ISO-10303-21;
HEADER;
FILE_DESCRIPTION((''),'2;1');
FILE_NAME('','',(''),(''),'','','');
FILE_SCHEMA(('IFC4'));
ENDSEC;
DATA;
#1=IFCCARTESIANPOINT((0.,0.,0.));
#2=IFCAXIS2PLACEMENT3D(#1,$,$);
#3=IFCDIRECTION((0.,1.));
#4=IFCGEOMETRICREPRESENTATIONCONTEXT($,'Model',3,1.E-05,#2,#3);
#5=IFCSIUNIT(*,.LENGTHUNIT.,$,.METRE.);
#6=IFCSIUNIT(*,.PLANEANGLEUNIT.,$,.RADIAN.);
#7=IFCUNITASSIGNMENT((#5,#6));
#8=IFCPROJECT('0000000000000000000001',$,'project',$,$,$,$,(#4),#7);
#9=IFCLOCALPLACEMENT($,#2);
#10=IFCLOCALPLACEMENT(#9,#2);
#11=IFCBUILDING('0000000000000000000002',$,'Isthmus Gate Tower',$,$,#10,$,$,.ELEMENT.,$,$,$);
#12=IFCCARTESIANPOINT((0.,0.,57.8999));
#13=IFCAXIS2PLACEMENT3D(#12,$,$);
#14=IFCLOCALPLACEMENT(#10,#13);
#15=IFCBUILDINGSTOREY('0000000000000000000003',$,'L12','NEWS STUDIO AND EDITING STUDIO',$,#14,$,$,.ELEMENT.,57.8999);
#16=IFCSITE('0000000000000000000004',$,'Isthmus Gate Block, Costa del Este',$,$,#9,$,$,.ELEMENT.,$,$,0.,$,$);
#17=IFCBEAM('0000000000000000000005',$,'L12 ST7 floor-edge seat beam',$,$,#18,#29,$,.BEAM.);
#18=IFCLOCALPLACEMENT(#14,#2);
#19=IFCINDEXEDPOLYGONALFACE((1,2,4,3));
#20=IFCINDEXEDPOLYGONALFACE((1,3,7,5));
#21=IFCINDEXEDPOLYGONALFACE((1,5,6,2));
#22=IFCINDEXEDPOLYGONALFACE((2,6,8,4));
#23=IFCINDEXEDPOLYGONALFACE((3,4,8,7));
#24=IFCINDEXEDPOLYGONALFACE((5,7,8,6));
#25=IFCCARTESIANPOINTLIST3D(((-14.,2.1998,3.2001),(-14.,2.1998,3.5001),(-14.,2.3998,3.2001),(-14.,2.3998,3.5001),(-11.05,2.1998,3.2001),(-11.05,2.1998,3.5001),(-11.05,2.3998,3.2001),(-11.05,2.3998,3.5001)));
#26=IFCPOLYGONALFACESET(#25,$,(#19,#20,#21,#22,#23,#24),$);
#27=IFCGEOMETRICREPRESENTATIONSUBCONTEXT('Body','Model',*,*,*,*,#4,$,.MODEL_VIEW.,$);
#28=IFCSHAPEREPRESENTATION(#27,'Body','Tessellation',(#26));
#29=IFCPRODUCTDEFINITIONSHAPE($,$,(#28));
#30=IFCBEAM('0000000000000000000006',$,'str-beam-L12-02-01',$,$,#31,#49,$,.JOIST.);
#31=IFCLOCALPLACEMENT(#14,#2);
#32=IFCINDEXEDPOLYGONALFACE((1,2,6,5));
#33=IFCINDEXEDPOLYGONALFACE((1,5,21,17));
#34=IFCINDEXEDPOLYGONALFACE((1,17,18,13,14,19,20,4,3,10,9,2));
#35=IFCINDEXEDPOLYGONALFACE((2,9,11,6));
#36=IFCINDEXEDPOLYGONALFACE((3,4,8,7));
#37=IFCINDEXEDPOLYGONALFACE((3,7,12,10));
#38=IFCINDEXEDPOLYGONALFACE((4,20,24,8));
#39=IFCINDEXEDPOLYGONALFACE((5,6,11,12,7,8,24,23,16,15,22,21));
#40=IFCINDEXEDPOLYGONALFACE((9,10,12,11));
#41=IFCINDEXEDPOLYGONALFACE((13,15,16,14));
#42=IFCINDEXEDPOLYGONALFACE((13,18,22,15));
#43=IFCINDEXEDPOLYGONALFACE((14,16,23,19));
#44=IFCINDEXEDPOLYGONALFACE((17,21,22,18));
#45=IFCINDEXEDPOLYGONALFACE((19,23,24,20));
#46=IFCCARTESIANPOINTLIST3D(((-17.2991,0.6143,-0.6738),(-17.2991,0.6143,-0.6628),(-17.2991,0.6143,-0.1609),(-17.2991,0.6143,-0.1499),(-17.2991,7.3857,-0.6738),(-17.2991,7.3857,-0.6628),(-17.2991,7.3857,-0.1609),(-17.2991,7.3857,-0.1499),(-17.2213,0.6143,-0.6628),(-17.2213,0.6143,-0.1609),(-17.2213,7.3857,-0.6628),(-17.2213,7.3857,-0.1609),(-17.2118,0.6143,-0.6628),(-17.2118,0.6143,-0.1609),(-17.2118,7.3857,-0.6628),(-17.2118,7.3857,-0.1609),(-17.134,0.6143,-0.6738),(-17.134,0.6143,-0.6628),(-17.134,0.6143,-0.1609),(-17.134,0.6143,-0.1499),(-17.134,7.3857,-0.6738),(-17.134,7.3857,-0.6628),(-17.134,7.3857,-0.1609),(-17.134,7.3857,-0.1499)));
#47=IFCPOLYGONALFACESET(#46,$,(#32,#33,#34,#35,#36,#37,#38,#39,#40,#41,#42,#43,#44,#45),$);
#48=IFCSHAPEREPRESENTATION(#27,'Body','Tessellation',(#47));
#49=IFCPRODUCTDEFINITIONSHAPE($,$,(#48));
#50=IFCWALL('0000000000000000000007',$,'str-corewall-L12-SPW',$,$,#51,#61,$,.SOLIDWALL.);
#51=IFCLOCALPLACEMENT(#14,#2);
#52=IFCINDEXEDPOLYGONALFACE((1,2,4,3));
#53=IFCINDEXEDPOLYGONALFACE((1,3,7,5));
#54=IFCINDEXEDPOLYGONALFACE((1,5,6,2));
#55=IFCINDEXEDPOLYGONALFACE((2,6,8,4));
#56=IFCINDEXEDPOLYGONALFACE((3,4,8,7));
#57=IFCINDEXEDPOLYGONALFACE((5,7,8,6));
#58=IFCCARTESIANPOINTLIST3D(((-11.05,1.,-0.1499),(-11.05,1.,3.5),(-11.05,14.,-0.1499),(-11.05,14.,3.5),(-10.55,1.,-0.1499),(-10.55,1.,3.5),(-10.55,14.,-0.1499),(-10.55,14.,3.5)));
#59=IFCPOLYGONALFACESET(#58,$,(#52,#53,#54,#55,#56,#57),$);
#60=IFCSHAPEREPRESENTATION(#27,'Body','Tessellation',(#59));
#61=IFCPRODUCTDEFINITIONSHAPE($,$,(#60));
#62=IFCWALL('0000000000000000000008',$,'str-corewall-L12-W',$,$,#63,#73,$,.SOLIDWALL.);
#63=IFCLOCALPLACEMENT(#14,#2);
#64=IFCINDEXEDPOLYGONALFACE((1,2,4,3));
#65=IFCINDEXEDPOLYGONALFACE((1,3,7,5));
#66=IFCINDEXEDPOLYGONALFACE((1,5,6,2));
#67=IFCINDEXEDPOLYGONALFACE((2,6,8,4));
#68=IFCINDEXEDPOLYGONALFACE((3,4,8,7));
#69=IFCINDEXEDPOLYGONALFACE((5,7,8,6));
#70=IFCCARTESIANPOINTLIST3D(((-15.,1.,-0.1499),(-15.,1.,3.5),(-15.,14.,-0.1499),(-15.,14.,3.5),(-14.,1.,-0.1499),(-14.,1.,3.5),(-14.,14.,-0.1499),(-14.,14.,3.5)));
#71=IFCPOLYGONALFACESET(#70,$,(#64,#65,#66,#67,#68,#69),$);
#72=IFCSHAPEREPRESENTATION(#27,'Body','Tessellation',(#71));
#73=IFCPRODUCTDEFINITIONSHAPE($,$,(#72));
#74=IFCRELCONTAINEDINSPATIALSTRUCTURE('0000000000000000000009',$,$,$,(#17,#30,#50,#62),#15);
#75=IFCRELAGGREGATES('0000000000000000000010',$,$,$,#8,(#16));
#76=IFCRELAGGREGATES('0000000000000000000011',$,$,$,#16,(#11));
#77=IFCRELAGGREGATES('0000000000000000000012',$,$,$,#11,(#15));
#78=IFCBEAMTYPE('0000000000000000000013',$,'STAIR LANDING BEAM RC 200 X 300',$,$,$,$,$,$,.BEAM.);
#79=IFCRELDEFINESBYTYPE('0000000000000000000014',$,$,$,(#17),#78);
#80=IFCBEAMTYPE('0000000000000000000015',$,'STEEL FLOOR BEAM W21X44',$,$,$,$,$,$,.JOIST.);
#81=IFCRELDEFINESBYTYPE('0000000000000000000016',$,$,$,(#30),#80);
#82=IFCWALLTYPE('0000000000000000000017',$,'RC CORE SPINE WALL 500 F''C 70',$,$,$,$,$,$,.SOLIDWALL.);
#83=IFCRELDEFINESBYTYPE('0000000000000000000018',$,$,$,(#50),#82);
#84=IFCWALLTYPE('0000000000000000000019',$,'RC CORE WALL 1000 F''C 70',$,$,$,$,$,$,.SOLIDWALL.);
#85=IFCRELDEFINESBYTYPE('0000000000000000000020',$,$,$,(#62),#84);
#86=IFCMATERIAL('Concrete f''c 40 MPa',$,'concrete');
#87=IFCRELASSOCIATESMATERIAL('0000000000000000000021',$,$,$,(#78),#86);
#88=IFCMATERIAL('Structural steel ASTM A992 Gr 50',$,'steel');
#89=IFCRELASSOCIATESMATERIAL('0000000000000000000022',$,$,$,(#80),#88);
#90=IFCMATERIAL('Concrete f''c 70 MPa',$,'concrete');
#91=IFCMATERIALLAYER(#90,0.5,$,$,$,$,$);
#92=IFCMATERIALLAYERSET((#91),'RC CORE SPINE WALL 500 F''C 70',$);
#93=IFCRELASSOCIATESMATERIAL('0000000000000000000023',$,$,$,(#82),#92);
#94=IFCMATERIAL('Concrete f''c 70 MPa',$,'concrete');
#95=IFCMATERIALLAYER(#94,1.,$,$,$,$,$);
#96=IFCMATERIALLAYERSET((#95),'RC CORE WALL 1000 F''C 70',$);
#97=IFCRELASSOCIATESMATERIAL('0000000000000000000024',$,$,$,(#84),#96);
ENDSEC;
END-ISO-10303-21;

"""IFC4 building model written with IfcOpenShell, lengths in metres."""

from ifc_helpers import new_model, si_unit, direction, frame, frame_2d, origin, origin_2d, place, context, subcontext, project, spatial, rectangle, i_section, extrude, material, layer, layer_set, material_profile, profile_set, type_object, element, save


model = new_model("IFC4")

# Units and contexts
model_context = context("Model", 3, precision=1e-05, world=origin(), true_north=direction((0.0, 1.0)))
body_context = subcontext(model_context, "Body", "Model", "MODEL_VIEW")
ifc_project = project(units=[si_unit("LENGTHUNIT", "METRE"), si_unit("PLANEANGLEUNIT", "RADIAN")], contexts=[model_context])

# Site, building, storey
site_placement = place(None, origin())
site = spatial("IfcSite", under=ifc_project, at=site_placement, Name="Isthmus Gate Block, Costa del Este", CompositionType="ELEMENT", RefElevation=0.0)
building_placement = place(site_placement, origin())
building = spatial("IfcBuilding", under=site, at=building_placement, Name="Isthmus Gate Tower", CompositionType="ELEMENT")
storey_placement = place(building_placement, frame((0.0, 0.0, 57.8999)))
storey = spatial("IfcBuildingStorey", under=building, at=storey_placement, Name="L12", Description="NEWS STUDIO AND EDITING STUDIO", CompositionType="ELEMENT", Elevation=57.8999)

# Beams
ifc_material_1 = material(Name="Concrete f'c 40 MPa", Category="concrete")
ifc_material_profile_1 = material_profile(ifc_material_1, rectangle(XDim=0.2, YDim=0.3, at=origin_2d()), Name="STAIR LANDING BEAM RC 200 X 300")
ifc_profile_set_1 = profile_set([ifc_material_profile_1], Name="Concrete f'c 40 MPa")
beam_type_1 = type_object("IfcBeamType", Name="STAIR LANDING BEAM RC 200 X 300", PredefinedType="BEAM", material=ifc_profile_set_1)
beam_1_placement = place(storey_placement, frame((-14.0, 2.2998, 3.3501), z_axis=(1.0, 0.0, 0.0), x_axis=(0.0, 1.0, 0.0)))
element("IfcBeam", 1, at=beam_1_placement, inside=storey, type_object=beam_type_1, Name="L12 ST7 floor-edge seat beam", PredefinedType="BEAM", context=body_context, shape_type="SweptSolid", body=[
    extrude(rectangle(XDim=0.2, YDim=0.3, at=origin_2d()), origin(), (0.0, 0.0, 1.0), 2.95),
])
ifc_material_2 = material(Name="Structural steel ASTM A992 Gr 50", Category="steel")
ifc_material_profile_2 = material_profile(ifc_material_2, i_section(OverallWidth=0.165, OverallDepth=0.5239, WebThickness=0.0095, FlangeThickness=0.011, at=origin_2d()), Name="W21X44")
ifc_profile_set_2 = profile_set([ifc_material_profile_2], Name="Structural steel ASTM A992 Gr 50")
beam_type_2 = type_object("IfcBeamType", Name="STEEL FLOOR BEAM W21X44", PredefinedType="JOIST", material=ifc_profile_set_2)
beam_2_placement = place(storey_placement, frame((-17.2166, 0.6143, -0.4119), z_axis=(0.0, 1.0, 0.0), x_axis=(-1.0, 0.0, 0.0)))
element("IfcBeam", 2, at=beam_2_placement, inside=storey, type_object=beam_type_2, Name="str-beam-L12-02-01", PredefinedType="JOIST", context=body_context, shape_type="SweptSolid", body=[
    extrude(i_section(OverallWidth=0.165, OverallDepth=0.5239, WebThickness=0.0095, FlangeThickness=0.011, at=origin_2d()), origin(), (0.0, 0.0, 1.0), 6.7715),
])

# Walls
ifc_material_3 = material(Name="Concrete f'c 70 MPa", Category="concrete")
ifc_layer_1 = layer(ifc_material_3, 0.5)
ifc_layer_set_1 = layer_set([ifc_layer_1], Name="RC CORE SPINE WALL 500 F'C 70")
wall_type_1 = type_object("IfcWallType", Name="RC CORE SPINE WALL 500 F'C 70", PredefinedType="SOLIDWALL", material=ifc_layer_set_1)
wall_1_placement = place(storey_placement, frame((-10.8, 1.0, -0.1499), z_axis=(0.0, 0.0, 1.0), x_axis=(0.0, 1.0, 0.0)))
element("IfcWall", 3, at=wall_1_placement, inside=storey, type_object=wall_type_1, Name="str-corewall-L12-SPW", PredefinedType="SOLIDWALL", context=body_context, shape_type="SweptSolid", body=[
    extrude(rectangle(XDim=13.0, YDim=0.5, at=frame_2d((6.5, 0.0))), origin(), (0.0, 0.0, 1.0), 3.6499),
])
ifc_material_4 = material(Name="Concrete f'c 70 MPa", Category="concrete")
ifc_layer_2 = layer(ifc_material_4, 1.0)
ifc_layer_set_2 = layer_set([ifc_layer_2], Name="RC CORE WALL 1000 F'C 70")
wall_type_2 = type_object("IfcWallType", Name="RC CORE WALL 1000 F'C 70", PredefinedType="SOLIDWALL", material=ifc_layer_set_2)
wall_2_placement = place(storey_placement, frame((-14.5, 1.0, -0.1499), z_axis=(0.0, 0.0, 1.0), x_axis=(0.0, 1.0, 0.0)))
element("IfcWall", 4, at=wall_2_placement, inside=storey, type_object=wall_type_2, Name="str-corewall-L12-W", PredefinedType="SOLIDWALL", context=body_context, shape_type="SweptSolid", body=[
    extrude(rectangle(XDim=13.0, YDim=1.0, at=frame_2d((6.5, 0.0))), origin(), (0.0, 0.0, 1.0), 3.6499),
])

save(model, "model.ifc")
